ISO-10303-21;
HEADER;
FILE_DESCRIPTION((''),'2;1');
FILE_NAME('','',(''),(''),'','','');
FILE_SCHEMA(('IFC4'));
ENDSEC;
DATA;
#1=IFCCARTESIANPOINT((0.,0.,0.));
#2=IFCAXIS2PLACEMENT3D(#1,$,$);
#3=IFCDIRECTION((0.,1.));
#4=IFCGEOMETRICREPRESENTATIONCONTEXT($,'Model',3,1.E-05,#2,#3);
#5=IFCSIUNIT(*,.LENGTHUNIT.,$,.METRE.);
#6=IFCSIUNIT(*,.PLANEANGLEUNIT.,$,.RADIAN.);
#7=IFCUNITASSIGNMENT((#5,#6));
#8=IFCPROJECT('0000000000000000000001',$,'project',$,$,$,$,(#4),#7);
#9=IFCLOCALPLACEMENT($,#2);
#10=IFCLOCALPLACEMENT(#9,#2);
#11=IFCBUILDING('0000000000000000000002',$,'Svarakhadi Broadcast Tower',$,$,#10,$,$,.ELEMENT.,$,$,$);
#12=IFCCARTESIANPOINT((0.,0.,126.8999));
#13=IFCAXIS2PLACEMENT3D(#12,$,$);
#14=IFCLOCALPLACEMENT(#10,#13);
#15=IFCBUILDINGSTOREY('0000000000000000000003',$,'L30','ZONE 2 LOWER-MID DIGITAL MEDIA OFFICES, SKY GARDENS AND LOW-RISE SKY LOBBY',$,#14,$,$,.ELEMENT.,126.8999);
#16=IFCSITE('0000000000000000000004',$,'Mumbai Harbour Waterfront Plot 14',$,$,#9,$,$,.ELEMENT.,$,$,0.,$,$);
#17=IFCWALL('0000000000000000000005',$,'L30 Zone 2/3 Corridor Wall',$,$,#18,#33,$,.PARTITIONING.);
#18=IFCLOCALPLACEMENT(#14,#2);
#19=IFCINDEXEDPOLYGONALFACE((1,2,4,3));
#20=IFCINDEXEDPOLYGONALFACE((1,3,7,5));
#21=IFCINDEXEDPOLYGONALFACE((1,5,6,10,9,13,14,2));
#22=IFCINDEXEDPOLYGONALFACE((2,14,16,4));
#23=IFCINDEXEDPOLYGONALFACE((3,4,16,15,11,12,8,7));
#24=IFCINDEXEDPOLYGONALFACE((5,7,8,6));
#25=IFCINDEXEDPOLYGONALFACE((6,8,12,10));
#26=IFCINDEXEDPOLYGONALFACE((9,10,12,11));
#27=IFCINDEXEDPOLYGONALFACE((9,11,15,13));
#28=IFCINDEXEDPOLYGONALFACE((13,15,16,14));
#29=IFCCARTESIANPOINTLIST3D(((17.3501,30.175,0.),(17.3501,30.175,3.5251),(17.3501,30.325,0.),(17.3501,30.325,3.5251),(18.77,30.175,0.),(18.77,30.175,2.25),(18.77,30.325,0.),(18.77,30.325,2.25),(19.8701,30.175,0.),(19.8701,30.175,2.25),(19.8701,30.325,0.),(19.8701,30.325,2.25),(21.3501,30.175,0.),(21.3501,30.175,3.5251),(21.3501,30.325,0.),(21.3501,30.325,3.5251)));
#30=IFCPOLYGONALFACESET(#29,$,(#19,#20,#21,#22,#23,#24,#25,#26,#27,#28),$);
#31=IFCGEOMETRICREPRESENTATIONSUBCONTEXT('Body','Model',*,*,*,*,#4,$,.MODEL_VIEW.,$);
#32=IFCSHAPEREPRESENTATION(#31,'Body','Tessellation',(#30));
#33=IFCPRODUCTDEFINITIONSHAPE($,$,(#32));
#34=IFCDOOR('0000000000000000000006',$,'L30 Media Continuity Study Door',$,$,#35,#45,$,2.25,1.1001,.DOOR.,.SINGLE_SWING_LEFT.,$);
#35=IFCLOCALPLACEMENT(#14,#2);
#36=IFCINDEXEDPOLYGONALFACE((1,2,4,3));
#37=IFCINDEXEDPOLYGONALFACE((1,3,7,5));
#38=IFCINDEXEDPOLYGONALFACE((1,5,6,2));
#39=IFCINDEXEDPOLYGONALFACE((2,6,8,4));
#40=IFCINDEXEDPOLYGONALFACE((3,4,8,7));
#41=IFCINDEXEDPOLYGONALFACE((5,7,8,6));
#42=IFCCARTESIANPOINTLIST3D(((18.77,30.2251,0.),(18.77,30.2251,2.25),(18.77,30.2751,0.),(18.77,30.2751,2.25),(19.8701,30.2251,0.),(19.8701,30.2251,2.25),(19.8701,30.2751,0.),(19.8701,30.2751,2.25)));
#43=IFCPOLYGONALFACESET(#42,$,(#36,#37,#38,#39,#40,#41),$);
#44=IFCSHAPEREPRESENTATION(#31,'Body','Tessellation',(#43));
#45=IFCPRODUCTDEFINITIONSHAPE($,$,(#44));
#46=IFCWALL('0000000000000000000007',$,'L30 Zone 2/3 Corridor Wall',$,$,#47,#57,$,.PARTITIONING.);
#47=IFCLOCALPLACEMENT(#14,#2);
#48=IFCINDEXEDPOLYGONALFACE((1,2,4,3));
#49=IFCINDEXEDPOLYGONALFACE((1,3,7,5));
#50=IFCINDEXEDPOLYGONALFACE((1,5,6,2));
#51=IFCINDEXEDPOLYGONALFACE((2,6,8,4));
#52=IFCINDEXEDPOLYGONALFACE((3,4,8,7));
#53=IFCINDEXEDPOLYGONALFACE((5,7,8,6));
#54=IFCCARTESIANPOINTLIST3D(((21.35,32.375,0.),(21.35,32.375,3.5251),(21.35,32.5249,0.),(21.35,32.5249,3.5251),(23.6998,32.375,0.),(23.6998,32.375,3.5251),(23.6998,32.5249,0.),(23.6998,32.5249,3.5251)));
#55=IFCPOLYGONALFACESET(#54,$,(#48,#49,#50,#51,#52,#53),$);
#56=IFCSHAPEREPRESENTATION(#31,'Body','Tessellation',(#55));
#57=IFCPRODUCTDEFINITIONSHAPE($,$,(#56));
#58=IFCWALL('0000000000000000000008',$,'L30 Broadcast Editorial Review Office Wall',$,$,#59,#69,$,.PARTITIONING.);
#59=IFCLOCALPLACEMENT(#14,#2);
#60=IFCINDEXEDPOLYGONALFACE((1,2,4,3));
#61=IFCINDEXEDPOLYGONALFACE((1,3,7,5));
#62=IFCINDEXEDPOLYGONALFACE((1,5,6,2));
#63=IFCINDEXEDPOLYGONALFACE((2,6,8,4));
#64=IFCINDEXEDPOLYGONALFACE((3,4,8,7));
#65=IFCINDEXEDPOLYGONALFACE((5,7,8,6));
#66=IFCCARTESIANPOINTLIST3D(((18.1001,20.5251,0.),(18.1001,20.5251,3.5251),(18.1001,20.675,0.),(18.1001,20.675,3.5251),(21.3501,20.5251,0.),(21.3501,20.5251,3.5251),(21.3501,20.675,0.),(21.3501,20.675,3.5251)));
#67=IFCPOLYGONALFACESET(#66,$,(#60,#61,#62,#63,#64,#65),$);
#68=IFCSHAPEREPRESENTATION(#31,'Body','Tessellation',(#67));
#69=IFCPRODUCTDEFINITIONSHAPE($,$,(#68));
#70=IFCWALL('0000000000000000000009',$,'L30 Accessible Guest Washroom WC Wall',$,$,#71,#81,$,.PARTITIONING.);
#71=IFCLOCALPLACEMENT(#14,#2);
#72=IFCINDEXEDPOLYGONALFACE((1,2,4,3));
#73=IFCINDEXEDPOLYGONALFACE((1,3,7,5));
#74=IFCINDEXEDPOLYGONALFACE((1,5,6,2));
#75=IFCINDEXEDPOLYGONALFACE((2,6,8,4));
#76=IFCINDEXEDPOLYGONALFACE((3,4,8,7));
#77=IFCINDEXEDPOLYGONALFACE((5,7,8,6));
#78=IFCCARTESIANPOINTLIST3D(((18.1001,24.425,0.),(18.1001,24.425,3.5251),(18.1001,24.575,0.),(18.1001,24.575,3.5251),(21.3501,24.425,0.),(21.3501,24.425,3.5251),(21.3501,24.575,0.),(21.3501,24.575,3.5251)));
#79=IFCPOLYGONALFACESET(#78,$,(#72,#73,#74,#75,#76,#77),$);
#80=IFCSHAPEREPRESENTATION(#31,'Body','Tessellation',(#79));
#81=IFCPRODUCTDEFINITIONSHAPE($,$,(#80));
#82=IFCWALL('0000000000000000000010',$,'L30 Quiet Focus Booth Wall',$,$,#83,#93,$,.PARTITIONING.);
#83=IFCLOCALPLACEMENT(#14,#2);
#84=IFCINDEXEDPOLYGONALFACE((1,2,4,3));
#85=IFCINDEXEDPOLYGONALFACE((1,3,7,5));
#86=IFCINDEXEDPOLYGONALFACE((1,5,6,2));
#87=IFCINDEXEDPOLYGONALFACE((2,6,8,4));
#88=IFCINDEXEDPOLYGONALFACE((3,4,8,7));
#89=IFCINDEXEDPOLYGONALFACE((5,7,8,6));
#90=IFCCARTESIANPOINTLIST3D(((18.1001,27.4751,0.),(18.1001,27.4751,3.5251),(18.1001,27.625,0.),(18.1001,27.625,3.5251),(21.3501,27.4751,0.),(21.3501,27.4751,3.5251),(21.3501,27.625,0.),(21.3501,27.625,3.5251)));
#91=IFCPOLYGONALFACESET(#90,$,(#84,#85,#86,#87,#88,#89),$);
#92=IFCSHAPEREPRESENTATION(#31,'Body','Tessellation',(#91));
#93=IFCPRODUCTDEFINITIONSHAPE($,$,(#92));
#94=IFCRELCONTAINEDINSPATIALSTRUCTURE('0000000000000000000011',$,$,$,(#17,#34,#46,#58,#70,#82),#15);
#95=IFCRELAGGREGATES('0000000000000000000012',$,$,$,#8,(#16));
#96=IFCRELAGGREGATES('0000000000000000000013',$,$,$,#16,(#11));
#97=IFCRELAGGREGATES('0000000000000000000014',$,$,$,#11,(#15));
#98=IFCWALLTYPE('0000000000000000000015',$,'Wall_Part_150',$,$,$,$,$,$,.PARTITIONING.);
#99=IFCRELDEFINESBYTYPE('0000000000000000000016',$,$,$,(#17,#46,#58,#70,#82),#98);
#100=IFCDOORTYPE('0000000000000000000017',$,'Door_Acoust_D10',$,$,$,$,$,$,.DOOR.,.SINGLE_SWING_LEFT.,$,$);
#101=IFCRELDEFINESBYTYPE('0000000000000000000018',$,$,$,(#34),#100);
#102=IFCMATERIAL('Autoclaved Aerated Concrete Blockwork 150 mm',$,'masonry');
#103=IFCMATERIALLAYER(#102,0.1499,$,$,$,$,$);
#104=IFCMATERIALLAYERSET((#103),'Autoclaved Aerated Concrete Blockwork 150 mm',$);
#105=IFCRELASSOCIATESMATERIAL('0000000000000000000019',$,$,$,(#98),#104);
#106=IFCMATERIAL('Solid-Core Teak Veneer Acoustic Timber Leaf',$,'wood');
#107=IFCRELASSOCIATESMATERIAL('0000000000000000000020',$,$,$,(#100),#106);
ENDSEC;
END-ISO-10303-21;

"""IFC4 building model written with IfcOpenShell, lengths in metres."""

from ifc_helpers import new_model, si_unit, direction, frame, frame_2d, origin, place, context, subcontext, project, spatial, rectangle, extrude, material, layer, layer_set, type_object, element, fill, save


model = new_model("IFC4")

# Units and contexts
model_context = context("Model", 3, precision=1e-05, world=origin(), true_north=direction((0.0, 1.0)))
body_context = subcontext(model_context, "Body", "Model", "MODEL_VIEW")
ifc_project = project(units=[si_unit("LENGTHUNIT", "METRE"), si_unit("PLANEANGLEUNIT", "RADIAN")], contexts=[model_context])

# Site, building, storey
site_placement = place(None, origin())
site = spatial("IfcSite", under=ifc_project, at=site_placement, Name="Mumbai Harbour Waterfront Plot 14", CompositionType="ELEMENT", RefElevation=0.0)
building_placement = place(site_placement, origin())
building = spatial("IfcBuilding", under=site, at=building_placement, Name="Svarakhadi Broadcast Tower", CompositionType="ELEMENT")
storey_placement = place(building_placement, frame((0.0, 0.0, 126.8999)))
storey = spatial("IfcBuildingStorey", under=building, at=storey_placement, Name="L30", Description="ZONE 2 LOWER-MID DIGITAL MEDIA OFFICES, SKY GARDENS AND LOW-RISE SKY LOBBY", CompositionType="ELEMENT", Elevation=126.8999)

# Wall, opening, door
ifc_material_1 = material(Name="Autoclaved Aerated Concrete Blockwork 150 mm", Category="masonry")
ifc_layer_1 = layer(ifc_material_1, 0.1499)
ifc_layer_set_1 = layer_set([ifc_layer_1], Name="Autoclaved Aerated Concrete Blockwork 150 mm")
wall_type_1 = type_object("IfcWallType", Name="Wall_Part_150", PredefinedType="PARTITIONING", material=ifc_layer_set_1)
wall_1_placement = place(storey_placement, frame((21.3501, 30.25, 0.0), z_axis=(0.0, 0.0, 1.0), x_axis=(-1.0, 0.0, 0.0)))
wall_1 = element("IfcWall", 1, at=wall_1_placement, inside=storey, type_object=wall_type_1, Name="L30 Zone 2/3 Corridor Wall", PredefinedType="PARTITIONING", context=body_context, shape_type="SweptSolid", body=[
    extrude(rectangle(XDim=4.0, YDim=0.1499, at=frame_2d((2.0, 0.0))), origin(), (0.0, 0.0, 1.0), 3.5251),
])
opening_placement = place(wall_1_placement, frame((1.48, 0.0, 0.0)))
opening = element("IfcOpeningElement", 2, at=opening_placement, cuts=wall_1, PredefinedType="OPENING", context=body_context, shape_type="SweptSolid", body=[
    extrude(rectangle(XDim=1.1001, YDim=2.25, at=frame_2d((0.55, 1.125))), frame((0.0, 0.085, 0.0), z_axis=(0.0, -1.0, 0.0), x_axis=(1.0, 0.0, 0.0)), (0.0, 0.0, 1.0), 0.1699),
])
ifc_material_2 = material(Name="Solid-Core Teak Veneer Acoustic Timber Leaf", Category="wood")
door_type = type_object("IfcDoorType", Name="Door_Acoust_D10", OperationType="SINGLE_SWING_LEFT", PredefinedType="DOOR", material=ifc_material_2)
door_placement = place(opening_placement, origin())
door = element("IfcDoor", 3, at=door_placement, inside=storey, type_object=door_type, Name="L30 Media Continuity Study Door", OperationType="SINGLE_SWING_LEFT", OverallHeight=2.25, OverallWidth=1.1001, PredefinedType="DOOR", context=body_context, shape_type="SweptSolid", body=[
    extrude(rectangle(XDim=1.1001, YDim=2.25, at=frame_2d((0.55, 1.125))), frame((0.0, 0.0249, 0.0), z_axis=(0.0, -1.0, 0.0), x_axis=(1.0, 0.0, 0.0)), (0.0, 0.0, 1.0), 0.05),
])
fill(opening, door)

# Walls
wall_2_placement = place(storey_placement, frame((21.3501, 32.45, 0.0), z_axis=(0.0, 0.0, 1.0), x_axis=(1.0, 0.0, 0.0)))
element("IfcWall", 4, at=wall_2_placement, inside=storey, type_object=wall_type_1, Name="L30 Zone 2/3 Corridor Wall", PredefinedType="PARTITIONING", context=body_context, shape_type="SweptSolid", body=[
    extrude(rectangle(XDim=2.3499, YDim=0.1499, at=frame_2d((1.1748, 0.0))), origin(), (0.0, 0.0, 1.0), 3.5251),
])
for number, where, z_axis, x_axis, name in (
    (5, (18.1001, 20.6001, 0.0), (0.0, 0.0, 1.0), (1.0, 0.0, 0.0), "L30 Broadcast Editorial Review Office Wall"),
    (6, (18.1001, 24.5, 0.0), (0.0, 0.0, 1.0), (1.0, 0.0, 0.0), "L30 Accessible Guest Washroom WC Wall"),
    (7, (18.1001, 27.55, 0.0), (0.0, 0.0, 1.0), (1.0, 0.0, 0.0), "L30 Quiet Focus Booth Wall"),
):
    element("IfcWall", number, at=place(storey_placement, frame(where, z_axis=z_axis, x_axis=x_axis)), inside=storey, type_object=wall_type_1, Name=name, PredefinedType="PARTITIONING", context=body_context, shape_type="SweptSolid", body=[
        extrude(rectangle(XDim=3.25, YDim=0.1499, at=frame_2d((1.625, 0.0))), origin(), (0.0, 0.0, 1.0), 3.5251),
    ])

save(model, "model.ifc")
